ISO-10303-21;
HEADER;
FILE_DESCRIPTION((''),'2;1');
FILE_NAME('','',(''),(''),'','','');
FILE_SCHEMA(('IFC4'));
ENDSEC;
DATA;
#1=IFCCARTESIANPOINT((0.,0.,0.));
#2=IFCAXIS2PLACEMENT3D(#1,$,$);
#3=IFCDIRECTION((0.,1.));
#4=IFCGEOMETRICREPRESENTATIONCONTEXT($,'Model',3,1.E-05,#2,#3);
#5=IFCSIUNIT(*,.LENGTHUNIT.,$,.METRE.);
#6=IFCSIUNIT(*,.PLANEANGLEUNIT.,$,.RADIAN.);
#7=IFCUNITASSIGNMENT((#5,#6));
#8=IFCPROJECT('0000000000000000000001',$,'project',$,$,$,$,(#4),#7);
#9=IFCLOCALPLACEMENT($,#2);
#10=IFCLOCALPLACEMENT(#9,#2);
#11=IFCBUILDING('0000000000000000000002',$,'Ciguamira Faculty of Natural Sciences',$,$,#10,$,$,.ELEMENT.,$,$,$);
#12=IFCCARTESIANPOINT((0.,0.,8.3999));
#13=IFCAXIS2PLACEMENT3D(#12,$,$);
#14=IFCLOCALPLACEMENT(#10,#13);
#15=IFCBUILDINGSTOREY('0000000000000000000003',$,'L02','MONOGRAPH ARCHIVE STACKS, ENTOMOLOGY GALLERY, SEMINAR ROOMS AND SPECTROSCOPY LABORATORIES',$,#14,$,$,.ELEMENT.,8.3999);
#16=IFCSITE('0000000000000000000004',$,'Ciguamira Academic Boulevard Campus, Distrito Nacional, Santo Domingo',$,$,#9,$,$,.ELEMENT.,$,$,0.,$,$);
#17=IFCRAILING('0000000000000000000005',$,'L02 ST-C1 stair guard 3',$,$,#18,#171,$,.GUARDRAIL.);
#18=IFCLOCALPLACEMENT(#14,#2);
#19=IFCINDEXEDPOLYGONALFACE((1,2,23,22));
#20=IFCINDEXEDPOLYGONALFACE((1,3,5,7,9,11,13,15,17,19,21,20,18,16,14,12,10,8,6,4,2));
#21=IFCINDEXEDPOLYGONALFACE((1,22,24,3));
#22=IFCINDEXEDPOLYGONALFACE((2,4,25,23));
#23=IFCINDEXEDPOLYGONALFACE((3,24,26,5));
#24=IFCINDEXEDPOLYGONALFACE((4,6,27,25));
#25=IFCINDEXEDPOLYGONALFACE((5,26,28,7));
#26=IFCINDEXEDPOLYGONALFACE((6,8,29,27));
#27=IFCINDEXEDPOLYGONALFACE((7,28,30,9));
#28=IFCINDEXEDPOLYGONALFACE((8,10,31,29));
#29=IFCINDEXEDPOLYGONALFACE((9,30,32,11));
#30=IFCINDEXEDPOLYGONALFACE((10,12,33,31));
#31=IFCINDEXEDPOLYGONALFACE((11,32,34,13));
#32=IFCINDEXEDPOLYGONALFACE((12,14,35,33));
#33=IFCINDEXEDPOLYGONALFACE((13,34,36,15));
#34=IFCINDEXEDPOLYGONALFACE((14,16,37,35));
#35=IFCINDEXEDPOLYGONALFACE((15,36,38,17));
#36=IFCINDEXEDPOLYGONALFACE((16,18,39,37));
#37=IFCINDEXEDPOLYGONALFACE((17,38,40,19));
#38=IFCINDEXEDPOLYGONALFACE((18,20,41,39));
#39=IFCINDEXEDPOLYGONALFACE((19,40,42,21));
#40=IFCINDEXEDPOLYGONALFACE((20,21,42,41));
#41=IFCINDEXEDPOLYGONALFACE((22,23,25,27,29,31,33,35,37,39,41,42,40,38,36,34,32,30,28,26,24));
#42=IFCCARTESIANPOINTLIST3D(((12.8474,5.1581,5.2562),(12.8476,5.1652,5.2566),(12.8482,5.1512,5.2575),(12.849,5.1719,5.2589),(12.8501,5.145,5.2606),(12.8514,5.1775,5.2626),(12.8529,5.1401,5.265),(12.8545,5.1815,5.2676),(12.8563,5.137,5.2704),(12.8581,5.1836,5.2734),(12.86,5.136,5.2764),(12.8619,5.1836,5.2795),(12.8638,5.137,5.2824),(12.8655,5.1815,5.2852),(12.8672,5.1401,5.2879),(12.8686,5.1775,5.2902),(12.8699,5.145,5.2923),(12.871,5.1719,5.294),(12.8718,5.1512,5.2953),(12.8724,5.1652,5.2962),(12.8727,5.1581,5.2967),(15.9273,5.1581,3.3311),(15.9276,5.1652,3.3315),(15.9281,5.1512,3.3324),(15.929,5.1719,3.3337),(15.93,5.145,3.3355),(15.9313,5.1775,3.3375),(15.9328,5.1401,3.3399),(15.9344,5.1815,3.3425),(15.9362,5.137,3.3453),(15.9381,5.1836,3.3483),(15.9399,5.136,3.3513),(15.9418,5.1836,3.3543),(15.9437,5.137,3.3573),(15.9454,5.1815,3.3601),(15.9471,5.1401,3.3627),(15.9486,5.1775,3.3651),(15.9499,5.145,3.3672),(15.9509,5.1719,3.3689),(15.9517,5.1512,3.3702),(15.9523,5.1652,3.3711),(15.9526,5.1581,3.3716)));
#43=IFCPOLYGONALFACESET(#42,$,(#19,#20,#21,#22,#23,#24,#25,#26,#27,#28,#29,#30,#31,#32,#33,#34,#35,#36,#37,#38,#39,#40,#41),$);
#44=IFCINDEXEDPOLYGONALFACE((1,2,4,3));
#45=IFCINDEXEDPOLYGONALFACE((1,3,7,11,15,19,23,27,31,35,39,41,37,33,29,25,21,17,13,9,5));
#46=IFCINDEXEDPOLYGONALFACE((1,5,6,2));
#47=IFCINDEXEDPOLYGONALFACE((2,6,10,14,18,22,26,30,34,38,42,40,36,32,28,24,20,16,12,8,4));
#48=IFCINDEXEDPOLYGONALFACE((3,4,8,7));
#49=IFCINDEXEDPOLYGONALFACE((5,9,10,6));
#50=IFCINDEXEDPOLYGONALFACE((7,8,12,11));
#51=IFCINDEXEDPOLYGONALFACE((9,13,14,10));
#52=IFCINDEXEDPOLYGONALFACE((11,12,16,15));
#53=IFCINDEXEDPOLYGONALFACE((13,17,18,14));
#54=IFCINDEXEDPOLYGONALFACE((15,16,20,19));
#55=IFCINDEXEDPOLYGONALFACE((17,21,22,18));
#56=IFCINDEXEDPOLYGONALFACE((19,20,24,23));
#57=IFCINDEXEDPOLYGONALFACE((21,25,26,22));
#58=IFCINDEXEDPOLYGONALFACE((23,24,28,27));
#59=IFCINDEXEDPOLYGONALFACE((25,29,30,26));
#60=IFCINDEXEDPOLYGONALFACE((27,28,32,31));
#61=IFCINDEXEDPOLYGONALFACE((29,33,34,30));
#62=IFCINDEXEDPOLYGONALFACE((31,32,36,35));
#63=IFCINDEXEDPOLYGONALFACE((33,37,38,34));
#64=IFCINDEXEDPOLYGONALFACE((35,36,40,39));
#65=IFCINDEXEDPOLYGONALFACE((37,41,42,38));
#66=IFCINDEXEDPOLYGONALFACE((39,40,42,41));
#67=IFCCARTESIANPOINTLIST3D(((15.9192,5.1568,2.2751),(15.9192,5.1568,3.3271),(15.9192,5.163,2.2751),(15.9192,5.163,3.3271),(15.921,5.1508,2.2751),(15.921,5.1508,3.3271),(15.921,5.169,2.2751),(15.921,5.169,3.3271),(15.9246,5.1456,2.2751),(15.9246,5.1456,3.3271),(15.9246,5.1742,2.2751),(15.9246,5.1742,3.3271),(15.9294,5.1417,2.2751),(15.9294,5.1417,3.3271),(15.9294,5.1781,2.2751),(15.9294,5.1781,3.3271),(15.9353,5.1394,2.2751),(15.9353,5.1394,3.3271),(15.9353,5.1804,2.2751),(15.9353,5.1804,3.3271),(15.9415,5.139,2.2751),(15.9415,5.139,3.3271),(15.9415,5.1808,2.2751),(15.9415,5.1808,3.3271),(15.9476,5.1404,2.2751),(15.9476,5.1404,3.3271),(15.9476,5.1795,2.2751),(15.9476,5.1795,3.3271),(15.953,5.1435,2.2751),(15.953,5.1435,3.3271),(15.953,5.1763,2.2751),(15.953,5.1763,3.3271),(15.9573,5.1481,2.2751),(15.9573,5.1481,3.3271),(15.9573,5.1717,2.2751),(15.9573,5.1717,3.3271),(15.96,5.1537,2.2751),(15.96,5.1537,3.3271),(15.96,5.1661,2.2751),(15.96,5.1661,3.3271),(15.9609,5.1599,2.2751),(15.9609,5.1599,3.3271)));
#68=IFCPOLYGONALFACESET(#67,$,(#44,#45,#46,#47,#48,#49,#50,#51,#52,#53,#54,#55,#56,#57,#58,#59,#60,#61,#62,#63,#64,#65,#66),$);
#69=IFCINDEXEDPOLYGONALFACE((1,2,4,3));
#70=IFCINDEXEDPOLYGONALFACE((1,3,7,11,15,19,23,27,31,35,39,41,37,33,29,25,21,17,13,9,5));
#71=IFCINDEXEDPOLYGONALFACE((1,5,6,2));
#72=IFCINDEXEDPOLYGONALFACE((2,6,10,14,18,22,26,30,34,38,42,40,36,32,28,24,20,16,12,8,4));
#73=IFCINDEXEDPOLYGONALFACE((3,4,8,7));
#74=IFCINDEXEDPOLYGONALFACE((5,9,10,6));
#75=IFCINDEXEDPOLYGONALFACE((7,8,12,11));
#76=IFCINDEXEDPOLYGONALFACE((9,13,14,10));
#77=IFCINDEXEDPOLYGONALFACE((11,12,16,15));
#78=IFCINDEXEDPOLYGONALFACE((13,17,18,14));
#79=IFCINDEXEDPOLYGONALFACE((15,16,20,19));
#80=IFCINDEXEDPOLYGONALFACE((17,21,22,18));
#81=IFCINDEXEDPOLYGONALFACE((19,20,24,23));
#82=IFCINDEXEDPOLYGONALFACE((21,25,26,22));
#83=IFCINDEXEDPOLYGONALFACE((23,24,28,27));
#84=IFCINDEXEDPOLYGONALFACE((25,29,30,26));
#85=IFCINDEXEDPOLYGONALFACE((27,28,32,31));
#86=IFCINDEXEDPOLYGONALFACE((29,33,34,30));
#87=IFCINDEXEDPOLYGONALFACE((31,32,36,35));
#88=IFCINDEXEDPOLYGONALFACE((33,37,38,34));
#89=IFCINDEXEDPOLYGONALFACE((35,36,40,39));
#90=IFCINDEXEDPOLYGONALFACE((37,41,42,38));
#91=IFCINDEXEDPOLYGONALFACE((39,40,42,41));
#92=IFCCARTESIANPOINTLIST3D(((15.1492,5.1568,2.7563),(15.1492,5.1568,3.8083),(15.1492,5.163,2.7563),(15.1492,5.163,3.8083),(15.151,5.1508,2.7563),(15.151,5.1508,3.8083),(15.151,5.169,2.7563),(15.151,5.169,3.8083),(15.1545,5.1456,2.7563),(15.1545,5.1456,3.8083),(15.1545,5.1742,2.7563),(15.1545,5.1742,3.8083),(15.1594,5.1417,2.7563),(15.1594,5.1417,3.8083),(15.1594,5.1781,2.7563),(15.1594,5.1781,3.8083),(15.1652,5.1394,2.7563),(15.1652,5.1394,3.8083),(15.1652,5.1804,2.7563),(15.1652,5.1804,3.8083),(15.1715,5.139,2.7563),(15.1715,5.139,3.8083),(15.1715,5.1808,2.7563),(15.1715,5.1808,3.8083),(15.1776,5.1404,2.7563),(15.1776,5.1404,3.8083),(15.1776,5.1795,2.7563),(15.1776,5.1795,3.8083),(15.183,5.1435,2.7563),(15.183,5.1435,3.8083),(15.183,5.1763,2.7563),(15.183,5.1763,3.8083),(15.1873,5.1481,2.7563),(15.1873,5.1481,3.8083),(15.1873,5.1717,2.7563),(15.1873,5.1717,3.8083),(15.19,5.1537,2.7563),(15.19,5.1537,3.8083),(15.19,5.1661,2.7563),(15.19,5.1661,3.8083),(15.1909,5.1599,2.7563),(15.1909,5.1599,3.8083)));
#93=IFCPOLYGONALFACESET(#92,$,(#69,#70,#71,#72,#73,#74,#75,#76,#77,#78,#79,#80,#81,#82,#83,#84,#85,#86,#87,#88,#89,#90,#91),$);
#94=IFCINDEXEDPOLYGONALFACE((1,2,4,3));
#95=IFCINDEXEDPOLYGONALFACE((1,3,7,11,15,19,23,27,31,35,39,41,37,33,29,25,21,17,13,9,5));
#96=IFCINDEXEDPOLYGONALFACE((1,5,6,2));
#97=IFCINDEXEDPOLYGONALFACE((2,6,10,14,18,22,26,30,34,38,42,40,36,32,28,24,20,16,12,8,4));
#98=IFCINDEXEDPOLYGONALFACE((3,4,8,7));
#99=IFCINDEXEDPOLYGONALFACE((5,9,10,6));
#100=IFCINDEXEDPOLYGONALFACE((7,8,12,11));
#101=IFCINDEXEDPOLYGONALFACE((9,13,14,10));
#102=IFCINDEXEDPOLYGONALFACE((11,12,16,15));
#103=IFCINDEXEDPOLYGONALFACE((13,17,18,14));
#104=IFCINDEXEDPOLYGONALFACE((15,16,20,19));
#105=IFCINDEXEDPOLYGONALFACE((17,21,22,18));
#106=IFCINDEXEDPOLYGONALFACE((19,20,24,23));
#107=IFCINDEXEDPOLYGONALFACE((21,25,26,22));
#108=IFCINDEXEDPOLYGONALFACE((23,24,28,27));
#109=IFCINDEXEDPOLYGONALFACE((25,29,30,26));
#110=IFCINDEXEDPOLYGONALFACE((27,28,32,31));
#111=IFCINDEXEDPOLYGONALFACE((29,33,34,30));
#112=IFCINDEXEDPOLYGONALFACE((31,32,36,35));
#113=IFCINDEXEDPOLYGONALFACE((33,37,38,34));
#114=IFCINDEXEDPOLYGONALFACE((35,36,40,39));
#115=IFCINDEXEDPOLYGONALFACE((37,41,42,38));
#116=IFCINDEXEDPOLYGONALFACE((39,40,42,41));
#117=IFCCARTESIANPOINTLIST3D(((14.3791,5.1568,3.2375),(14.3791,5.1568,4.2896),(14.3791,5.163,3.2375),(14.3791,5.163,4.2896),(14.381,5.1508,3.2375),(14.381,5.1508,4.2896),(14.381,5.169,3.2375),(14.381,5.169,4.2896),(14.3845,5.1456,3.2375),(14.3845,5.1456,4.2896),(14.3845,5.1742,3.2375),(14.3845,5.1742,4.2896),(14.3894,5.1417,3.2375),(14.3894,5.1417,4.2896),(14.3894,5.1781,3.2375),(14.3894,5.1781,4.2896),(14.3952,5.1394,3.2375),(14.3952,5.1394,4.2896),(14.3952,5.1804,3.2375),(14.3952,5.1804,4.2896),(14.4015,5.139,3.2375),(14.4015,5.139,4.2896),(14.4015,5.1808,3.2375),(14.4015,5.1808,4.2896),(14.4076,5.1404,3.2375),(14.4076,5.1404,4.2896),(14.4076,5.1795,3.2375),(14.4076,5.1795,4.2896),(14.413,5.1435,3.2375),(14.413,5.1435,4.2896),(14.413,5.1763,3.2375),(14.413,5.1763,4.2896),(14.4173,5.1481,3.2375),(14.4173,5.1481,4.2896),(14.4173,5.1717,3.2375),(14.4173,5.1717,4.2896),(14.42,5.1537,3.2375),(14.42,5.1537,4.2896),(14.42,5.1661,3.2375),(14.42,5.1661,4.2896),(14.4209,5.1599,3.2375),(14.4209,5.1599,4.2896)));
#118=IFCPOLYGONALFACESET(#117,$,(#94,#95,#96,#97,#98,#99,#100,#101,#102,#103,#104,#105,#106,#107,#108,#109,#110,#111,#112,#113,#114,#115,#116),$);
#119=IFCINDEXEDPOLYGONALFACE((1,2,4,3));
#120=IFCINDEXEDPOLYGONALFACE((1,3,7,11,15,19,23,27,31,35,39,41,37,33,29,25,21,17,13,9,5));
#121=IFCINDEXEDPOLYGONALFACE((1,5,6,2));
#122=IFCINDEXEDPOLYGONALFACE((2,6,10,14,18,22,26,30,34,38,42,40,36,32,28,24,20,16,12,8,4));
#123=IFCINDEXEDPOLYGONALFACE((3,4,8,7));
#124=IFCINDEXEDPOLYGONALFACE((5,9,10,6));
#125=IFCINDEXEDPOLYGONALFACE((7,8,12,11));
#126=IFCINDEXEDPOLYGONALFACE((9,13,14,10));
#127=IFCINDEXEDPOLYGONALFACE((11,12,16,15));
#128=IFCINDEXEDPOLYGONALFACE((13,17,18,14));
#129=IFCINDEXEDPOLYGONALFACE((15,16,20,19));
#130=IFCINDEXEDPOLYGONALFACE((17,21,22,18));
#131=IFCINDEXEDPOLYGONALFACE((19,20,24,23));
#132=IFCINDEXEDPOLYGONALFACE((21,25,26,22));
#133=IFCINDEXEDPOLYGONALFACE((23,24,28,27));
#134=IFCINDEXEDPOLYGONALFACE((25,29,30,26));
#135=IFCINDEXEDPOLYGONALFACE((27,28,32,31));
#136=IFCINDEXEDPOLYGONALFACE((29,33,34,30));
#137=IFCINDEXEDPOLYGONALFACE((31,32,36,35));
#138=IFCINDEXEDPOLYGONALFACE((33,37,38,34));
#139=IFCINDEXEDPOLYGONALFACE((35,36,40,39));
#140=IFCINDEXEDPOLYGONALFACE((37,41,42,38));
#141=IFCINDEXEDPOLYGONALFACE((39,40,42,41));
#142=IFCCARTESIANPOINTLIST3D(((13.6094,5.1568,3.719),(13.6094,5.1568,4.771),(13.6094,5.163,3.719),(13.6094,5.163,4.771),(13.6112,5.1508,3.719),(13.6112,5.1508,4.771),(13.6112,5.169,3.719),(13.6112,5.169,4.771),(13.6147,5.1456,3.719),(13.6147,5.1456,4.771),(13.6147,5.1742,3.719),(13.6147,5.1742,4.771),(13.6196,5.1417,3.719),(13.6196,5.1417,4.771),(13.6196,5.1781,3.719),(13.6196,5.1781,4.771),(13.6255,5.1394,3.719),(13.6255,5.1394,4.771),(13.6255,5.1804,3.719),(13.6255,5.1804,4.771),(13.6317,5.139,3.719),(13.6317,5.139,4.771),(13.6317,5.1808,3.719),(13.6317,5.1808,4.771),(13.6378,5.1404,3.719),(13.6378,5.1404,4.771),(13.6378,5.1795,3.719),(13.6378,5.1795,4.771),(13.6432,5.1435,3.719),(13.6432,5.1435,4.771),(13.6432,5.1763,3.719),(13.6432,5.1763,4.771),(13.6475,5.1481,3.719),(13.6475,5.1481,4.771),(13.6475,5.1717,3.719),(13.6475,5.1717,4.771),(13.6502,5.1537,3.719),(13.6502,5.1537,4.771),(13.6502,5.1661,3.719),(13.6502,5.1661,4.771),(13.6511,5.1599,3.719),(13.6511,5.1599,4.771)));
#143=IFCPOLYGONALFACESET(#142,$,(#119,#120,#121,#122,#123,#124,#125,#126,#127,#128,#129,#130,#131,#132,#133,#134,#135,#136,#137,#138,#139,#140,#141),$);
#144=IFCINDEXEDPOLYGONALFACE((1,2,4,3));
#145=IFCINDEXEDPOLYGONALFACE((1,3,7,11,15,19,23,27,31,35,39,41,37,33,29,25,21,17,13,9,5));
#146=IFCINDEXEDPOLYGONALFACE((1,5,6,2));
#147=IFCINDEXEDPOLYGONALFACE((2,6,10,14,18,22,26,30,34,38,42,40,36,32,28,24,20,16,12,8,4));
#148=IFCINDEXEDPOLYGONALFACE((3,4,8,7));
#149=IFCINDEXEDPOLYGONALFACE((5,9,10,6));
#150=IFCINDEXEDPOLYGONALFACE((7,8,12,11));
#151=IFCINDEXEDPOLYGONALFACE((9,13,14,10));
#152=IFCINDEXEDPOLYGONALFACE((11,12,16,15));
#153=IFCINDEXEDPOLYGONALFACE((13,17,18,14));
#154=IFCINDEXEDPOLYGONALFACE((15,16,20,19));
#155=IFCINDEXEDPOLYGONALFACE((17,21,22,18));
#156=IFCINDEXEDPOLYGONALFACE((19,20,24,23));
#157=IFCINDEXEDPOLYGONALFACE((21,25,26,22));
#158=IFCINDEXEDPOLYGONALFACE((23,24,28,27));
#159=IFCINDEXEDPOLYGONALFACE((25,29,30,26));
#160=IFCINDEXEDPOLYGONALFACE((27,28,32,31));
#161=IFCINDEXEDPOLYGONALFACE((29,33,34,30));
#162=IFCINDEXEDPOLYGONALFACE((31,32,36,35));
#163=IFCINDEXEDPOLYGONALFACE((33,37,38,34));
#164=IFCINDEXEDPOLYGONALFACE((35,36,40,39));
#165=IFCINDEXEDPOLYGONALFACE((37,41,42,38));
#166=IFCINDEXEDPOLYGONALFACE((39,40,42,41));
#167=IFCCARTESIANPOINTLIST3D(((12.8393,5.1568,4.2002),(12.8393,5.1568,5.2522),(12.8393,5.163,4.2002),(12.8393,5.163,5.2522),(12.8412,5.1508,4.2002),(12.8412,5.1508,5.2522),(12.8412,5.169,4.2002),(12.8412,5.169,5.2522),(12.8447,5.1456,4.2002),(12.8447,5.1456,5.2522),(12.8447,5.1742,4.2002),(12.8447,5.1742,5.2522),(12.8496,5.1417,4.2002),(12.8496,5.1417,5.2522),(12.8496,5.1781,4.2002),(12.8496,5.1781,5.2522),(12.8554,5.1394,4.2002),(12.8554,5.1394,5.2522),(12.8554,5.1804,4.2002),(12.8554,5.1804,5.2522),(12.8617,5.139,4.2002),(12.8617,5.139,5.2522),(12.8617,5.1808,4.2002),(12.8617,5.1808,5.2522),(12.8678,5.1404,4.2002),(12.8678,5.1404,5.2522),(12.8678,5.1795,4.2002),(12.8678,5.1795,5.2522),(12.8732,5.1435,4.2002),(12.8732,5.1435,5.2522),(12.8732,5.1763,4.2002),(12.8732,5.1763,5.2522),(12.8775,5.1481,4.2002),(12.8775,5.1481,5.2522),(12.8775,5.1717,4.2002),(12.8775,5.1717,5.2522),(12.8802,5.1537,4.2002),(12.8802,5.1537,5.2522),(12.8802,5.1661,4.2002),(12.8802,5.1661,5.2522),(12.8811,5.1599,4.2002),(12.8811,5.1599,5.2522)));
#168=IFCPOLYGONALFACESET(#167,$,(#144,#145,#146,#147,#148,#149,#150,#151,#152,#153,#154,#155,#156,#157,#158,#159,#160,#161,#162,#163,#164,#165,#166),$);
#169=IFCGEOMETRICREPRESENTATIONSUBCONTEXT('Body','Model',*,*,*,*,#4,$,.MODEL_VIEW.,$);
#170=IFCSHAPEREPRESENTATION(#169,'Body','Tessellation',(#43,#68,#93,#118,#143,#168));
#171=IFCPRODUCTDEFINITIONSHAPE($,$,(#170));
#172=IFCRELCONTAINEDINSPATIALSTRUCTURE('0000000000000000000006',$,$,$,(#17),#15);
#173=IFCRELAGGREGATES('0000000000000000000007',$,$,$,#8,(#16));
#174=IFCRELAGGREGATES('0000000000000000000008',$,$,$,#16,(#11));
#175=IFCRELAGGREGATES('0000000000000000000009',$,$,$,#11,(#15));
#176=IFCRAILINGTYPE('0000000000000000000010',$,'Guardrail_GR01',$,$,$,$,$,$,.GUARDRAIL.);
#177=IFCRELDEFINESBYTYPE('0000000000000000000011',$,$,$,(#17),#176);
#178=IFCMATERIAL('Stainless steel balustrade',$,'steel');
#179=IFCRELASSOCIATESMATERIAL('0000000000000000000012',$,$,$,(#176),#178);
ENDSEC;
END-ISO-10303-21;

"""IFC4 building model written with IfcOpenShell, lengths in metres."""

from ifc_helpers import new_model, si_unit, direction, frame, origin, origin_2d, place, context, subcontext, project, spatial, circle, extrude, material, type_object, element, save


model = new_model("IFC4")

# Units and contexts
model_context = context("Model", 3, precision=1e-05, world=origin(), true_north=direction((0.0, 1.0)))
body_context = subcontext(model_context, "Body", "Model", "MODEL_VIEW")
ifc_project = project(units=[si_unit("LENGTHUNIT", "METRE"), si_unit("PLANEANGLEUNIT", "RADIAN")], contexts=[model_context])

# Site, building, storey
site_placement = place(None, origin())
site = spatial("IfcSite", under=ifc_project, at=site_placement, Name="Ciguamira Academic Boulevard Campus, Distrito Nacional, Santo Domingo", CompositionType="ELEMENT", RefElevation=0.0)
building_placement = place(site_placement, origin())
building = spatial("IfcBuilding", under=site, at=building_placement, Name="Ciguamira Faculty of Natural Sciences", CompositionType="ELEMENT")
storey_placement = place(building_placement, frame((0.0, 0.0, 8.3999)))
storey = spatial("IfcBuildingStorey", under=building, at=storey_placement, Name="L02", Description="MONOGRAPH ARCHIVE STACKS, ENTOMOLOGY GALLERY, SEMINAR ROOMS AND SPECTROSCOPY LABORATORIES", CompositionType="ELEMENT", Elevation=8.3999)

# Railing
ifc_material_1 = material(Name="Stainless steel balustrade", Category="steel")
railing_type_1 = type_object("IfcRailingType", Name="Guardrail_GR01", PredefinedType="GUARDRAIL", material=ifc_material_1)
railing_1_placement = place(storey_placement, frame((15.9399, 5.1599, 2.2751)))
element("IfcRailing", 1, at=railing_1_placement, inside=storey, type_object=railing_type_1, Name="L02 ST-C1 stair guard 3", PredefinedType="GUARDRAIL", context=body_context, shape_type="SweptSolid", body=[
    extrude(circle(Radius=0.0239, at=origin_2d()), frame((0.0, 0.0, 1.0762), z_axis=(-0.847979, 0.0, 0.530029), x_axis=(0.0, -1.0, 0.0)), (0.0, 0.0, 1.0), 3.6321),
    extrude(circle(Radius=0.021, at=origin_2d()), origin(), (0.0, 0.0, 1.0), 1.052),
    extrude(circle(Radius=0.021, at=origin_2d()), frame((-0.77, 0.0, 0.4812)), (0.0, 0.0, 1.0), 1.052),
    extrude(circle(Radius=0.021, at=origin_2d()), frame((-1.54, 0.0, 0.9624)), (0.0, 0.0, 1.0), 1.052),
    extrude(circle(Radius=0.021, at=origin_2d()), frame((-2.3098, 0.0, 1.4438)), (0.0, 0.0, 1.0), 1.052),
    extrude(circle(Radius=0.021, at=origin_2d()), frame((-3.0798, 0.0, 1.925)), (0.0, 0.0, 1.0), 1.052),
])

save(model, "model.ifc")
